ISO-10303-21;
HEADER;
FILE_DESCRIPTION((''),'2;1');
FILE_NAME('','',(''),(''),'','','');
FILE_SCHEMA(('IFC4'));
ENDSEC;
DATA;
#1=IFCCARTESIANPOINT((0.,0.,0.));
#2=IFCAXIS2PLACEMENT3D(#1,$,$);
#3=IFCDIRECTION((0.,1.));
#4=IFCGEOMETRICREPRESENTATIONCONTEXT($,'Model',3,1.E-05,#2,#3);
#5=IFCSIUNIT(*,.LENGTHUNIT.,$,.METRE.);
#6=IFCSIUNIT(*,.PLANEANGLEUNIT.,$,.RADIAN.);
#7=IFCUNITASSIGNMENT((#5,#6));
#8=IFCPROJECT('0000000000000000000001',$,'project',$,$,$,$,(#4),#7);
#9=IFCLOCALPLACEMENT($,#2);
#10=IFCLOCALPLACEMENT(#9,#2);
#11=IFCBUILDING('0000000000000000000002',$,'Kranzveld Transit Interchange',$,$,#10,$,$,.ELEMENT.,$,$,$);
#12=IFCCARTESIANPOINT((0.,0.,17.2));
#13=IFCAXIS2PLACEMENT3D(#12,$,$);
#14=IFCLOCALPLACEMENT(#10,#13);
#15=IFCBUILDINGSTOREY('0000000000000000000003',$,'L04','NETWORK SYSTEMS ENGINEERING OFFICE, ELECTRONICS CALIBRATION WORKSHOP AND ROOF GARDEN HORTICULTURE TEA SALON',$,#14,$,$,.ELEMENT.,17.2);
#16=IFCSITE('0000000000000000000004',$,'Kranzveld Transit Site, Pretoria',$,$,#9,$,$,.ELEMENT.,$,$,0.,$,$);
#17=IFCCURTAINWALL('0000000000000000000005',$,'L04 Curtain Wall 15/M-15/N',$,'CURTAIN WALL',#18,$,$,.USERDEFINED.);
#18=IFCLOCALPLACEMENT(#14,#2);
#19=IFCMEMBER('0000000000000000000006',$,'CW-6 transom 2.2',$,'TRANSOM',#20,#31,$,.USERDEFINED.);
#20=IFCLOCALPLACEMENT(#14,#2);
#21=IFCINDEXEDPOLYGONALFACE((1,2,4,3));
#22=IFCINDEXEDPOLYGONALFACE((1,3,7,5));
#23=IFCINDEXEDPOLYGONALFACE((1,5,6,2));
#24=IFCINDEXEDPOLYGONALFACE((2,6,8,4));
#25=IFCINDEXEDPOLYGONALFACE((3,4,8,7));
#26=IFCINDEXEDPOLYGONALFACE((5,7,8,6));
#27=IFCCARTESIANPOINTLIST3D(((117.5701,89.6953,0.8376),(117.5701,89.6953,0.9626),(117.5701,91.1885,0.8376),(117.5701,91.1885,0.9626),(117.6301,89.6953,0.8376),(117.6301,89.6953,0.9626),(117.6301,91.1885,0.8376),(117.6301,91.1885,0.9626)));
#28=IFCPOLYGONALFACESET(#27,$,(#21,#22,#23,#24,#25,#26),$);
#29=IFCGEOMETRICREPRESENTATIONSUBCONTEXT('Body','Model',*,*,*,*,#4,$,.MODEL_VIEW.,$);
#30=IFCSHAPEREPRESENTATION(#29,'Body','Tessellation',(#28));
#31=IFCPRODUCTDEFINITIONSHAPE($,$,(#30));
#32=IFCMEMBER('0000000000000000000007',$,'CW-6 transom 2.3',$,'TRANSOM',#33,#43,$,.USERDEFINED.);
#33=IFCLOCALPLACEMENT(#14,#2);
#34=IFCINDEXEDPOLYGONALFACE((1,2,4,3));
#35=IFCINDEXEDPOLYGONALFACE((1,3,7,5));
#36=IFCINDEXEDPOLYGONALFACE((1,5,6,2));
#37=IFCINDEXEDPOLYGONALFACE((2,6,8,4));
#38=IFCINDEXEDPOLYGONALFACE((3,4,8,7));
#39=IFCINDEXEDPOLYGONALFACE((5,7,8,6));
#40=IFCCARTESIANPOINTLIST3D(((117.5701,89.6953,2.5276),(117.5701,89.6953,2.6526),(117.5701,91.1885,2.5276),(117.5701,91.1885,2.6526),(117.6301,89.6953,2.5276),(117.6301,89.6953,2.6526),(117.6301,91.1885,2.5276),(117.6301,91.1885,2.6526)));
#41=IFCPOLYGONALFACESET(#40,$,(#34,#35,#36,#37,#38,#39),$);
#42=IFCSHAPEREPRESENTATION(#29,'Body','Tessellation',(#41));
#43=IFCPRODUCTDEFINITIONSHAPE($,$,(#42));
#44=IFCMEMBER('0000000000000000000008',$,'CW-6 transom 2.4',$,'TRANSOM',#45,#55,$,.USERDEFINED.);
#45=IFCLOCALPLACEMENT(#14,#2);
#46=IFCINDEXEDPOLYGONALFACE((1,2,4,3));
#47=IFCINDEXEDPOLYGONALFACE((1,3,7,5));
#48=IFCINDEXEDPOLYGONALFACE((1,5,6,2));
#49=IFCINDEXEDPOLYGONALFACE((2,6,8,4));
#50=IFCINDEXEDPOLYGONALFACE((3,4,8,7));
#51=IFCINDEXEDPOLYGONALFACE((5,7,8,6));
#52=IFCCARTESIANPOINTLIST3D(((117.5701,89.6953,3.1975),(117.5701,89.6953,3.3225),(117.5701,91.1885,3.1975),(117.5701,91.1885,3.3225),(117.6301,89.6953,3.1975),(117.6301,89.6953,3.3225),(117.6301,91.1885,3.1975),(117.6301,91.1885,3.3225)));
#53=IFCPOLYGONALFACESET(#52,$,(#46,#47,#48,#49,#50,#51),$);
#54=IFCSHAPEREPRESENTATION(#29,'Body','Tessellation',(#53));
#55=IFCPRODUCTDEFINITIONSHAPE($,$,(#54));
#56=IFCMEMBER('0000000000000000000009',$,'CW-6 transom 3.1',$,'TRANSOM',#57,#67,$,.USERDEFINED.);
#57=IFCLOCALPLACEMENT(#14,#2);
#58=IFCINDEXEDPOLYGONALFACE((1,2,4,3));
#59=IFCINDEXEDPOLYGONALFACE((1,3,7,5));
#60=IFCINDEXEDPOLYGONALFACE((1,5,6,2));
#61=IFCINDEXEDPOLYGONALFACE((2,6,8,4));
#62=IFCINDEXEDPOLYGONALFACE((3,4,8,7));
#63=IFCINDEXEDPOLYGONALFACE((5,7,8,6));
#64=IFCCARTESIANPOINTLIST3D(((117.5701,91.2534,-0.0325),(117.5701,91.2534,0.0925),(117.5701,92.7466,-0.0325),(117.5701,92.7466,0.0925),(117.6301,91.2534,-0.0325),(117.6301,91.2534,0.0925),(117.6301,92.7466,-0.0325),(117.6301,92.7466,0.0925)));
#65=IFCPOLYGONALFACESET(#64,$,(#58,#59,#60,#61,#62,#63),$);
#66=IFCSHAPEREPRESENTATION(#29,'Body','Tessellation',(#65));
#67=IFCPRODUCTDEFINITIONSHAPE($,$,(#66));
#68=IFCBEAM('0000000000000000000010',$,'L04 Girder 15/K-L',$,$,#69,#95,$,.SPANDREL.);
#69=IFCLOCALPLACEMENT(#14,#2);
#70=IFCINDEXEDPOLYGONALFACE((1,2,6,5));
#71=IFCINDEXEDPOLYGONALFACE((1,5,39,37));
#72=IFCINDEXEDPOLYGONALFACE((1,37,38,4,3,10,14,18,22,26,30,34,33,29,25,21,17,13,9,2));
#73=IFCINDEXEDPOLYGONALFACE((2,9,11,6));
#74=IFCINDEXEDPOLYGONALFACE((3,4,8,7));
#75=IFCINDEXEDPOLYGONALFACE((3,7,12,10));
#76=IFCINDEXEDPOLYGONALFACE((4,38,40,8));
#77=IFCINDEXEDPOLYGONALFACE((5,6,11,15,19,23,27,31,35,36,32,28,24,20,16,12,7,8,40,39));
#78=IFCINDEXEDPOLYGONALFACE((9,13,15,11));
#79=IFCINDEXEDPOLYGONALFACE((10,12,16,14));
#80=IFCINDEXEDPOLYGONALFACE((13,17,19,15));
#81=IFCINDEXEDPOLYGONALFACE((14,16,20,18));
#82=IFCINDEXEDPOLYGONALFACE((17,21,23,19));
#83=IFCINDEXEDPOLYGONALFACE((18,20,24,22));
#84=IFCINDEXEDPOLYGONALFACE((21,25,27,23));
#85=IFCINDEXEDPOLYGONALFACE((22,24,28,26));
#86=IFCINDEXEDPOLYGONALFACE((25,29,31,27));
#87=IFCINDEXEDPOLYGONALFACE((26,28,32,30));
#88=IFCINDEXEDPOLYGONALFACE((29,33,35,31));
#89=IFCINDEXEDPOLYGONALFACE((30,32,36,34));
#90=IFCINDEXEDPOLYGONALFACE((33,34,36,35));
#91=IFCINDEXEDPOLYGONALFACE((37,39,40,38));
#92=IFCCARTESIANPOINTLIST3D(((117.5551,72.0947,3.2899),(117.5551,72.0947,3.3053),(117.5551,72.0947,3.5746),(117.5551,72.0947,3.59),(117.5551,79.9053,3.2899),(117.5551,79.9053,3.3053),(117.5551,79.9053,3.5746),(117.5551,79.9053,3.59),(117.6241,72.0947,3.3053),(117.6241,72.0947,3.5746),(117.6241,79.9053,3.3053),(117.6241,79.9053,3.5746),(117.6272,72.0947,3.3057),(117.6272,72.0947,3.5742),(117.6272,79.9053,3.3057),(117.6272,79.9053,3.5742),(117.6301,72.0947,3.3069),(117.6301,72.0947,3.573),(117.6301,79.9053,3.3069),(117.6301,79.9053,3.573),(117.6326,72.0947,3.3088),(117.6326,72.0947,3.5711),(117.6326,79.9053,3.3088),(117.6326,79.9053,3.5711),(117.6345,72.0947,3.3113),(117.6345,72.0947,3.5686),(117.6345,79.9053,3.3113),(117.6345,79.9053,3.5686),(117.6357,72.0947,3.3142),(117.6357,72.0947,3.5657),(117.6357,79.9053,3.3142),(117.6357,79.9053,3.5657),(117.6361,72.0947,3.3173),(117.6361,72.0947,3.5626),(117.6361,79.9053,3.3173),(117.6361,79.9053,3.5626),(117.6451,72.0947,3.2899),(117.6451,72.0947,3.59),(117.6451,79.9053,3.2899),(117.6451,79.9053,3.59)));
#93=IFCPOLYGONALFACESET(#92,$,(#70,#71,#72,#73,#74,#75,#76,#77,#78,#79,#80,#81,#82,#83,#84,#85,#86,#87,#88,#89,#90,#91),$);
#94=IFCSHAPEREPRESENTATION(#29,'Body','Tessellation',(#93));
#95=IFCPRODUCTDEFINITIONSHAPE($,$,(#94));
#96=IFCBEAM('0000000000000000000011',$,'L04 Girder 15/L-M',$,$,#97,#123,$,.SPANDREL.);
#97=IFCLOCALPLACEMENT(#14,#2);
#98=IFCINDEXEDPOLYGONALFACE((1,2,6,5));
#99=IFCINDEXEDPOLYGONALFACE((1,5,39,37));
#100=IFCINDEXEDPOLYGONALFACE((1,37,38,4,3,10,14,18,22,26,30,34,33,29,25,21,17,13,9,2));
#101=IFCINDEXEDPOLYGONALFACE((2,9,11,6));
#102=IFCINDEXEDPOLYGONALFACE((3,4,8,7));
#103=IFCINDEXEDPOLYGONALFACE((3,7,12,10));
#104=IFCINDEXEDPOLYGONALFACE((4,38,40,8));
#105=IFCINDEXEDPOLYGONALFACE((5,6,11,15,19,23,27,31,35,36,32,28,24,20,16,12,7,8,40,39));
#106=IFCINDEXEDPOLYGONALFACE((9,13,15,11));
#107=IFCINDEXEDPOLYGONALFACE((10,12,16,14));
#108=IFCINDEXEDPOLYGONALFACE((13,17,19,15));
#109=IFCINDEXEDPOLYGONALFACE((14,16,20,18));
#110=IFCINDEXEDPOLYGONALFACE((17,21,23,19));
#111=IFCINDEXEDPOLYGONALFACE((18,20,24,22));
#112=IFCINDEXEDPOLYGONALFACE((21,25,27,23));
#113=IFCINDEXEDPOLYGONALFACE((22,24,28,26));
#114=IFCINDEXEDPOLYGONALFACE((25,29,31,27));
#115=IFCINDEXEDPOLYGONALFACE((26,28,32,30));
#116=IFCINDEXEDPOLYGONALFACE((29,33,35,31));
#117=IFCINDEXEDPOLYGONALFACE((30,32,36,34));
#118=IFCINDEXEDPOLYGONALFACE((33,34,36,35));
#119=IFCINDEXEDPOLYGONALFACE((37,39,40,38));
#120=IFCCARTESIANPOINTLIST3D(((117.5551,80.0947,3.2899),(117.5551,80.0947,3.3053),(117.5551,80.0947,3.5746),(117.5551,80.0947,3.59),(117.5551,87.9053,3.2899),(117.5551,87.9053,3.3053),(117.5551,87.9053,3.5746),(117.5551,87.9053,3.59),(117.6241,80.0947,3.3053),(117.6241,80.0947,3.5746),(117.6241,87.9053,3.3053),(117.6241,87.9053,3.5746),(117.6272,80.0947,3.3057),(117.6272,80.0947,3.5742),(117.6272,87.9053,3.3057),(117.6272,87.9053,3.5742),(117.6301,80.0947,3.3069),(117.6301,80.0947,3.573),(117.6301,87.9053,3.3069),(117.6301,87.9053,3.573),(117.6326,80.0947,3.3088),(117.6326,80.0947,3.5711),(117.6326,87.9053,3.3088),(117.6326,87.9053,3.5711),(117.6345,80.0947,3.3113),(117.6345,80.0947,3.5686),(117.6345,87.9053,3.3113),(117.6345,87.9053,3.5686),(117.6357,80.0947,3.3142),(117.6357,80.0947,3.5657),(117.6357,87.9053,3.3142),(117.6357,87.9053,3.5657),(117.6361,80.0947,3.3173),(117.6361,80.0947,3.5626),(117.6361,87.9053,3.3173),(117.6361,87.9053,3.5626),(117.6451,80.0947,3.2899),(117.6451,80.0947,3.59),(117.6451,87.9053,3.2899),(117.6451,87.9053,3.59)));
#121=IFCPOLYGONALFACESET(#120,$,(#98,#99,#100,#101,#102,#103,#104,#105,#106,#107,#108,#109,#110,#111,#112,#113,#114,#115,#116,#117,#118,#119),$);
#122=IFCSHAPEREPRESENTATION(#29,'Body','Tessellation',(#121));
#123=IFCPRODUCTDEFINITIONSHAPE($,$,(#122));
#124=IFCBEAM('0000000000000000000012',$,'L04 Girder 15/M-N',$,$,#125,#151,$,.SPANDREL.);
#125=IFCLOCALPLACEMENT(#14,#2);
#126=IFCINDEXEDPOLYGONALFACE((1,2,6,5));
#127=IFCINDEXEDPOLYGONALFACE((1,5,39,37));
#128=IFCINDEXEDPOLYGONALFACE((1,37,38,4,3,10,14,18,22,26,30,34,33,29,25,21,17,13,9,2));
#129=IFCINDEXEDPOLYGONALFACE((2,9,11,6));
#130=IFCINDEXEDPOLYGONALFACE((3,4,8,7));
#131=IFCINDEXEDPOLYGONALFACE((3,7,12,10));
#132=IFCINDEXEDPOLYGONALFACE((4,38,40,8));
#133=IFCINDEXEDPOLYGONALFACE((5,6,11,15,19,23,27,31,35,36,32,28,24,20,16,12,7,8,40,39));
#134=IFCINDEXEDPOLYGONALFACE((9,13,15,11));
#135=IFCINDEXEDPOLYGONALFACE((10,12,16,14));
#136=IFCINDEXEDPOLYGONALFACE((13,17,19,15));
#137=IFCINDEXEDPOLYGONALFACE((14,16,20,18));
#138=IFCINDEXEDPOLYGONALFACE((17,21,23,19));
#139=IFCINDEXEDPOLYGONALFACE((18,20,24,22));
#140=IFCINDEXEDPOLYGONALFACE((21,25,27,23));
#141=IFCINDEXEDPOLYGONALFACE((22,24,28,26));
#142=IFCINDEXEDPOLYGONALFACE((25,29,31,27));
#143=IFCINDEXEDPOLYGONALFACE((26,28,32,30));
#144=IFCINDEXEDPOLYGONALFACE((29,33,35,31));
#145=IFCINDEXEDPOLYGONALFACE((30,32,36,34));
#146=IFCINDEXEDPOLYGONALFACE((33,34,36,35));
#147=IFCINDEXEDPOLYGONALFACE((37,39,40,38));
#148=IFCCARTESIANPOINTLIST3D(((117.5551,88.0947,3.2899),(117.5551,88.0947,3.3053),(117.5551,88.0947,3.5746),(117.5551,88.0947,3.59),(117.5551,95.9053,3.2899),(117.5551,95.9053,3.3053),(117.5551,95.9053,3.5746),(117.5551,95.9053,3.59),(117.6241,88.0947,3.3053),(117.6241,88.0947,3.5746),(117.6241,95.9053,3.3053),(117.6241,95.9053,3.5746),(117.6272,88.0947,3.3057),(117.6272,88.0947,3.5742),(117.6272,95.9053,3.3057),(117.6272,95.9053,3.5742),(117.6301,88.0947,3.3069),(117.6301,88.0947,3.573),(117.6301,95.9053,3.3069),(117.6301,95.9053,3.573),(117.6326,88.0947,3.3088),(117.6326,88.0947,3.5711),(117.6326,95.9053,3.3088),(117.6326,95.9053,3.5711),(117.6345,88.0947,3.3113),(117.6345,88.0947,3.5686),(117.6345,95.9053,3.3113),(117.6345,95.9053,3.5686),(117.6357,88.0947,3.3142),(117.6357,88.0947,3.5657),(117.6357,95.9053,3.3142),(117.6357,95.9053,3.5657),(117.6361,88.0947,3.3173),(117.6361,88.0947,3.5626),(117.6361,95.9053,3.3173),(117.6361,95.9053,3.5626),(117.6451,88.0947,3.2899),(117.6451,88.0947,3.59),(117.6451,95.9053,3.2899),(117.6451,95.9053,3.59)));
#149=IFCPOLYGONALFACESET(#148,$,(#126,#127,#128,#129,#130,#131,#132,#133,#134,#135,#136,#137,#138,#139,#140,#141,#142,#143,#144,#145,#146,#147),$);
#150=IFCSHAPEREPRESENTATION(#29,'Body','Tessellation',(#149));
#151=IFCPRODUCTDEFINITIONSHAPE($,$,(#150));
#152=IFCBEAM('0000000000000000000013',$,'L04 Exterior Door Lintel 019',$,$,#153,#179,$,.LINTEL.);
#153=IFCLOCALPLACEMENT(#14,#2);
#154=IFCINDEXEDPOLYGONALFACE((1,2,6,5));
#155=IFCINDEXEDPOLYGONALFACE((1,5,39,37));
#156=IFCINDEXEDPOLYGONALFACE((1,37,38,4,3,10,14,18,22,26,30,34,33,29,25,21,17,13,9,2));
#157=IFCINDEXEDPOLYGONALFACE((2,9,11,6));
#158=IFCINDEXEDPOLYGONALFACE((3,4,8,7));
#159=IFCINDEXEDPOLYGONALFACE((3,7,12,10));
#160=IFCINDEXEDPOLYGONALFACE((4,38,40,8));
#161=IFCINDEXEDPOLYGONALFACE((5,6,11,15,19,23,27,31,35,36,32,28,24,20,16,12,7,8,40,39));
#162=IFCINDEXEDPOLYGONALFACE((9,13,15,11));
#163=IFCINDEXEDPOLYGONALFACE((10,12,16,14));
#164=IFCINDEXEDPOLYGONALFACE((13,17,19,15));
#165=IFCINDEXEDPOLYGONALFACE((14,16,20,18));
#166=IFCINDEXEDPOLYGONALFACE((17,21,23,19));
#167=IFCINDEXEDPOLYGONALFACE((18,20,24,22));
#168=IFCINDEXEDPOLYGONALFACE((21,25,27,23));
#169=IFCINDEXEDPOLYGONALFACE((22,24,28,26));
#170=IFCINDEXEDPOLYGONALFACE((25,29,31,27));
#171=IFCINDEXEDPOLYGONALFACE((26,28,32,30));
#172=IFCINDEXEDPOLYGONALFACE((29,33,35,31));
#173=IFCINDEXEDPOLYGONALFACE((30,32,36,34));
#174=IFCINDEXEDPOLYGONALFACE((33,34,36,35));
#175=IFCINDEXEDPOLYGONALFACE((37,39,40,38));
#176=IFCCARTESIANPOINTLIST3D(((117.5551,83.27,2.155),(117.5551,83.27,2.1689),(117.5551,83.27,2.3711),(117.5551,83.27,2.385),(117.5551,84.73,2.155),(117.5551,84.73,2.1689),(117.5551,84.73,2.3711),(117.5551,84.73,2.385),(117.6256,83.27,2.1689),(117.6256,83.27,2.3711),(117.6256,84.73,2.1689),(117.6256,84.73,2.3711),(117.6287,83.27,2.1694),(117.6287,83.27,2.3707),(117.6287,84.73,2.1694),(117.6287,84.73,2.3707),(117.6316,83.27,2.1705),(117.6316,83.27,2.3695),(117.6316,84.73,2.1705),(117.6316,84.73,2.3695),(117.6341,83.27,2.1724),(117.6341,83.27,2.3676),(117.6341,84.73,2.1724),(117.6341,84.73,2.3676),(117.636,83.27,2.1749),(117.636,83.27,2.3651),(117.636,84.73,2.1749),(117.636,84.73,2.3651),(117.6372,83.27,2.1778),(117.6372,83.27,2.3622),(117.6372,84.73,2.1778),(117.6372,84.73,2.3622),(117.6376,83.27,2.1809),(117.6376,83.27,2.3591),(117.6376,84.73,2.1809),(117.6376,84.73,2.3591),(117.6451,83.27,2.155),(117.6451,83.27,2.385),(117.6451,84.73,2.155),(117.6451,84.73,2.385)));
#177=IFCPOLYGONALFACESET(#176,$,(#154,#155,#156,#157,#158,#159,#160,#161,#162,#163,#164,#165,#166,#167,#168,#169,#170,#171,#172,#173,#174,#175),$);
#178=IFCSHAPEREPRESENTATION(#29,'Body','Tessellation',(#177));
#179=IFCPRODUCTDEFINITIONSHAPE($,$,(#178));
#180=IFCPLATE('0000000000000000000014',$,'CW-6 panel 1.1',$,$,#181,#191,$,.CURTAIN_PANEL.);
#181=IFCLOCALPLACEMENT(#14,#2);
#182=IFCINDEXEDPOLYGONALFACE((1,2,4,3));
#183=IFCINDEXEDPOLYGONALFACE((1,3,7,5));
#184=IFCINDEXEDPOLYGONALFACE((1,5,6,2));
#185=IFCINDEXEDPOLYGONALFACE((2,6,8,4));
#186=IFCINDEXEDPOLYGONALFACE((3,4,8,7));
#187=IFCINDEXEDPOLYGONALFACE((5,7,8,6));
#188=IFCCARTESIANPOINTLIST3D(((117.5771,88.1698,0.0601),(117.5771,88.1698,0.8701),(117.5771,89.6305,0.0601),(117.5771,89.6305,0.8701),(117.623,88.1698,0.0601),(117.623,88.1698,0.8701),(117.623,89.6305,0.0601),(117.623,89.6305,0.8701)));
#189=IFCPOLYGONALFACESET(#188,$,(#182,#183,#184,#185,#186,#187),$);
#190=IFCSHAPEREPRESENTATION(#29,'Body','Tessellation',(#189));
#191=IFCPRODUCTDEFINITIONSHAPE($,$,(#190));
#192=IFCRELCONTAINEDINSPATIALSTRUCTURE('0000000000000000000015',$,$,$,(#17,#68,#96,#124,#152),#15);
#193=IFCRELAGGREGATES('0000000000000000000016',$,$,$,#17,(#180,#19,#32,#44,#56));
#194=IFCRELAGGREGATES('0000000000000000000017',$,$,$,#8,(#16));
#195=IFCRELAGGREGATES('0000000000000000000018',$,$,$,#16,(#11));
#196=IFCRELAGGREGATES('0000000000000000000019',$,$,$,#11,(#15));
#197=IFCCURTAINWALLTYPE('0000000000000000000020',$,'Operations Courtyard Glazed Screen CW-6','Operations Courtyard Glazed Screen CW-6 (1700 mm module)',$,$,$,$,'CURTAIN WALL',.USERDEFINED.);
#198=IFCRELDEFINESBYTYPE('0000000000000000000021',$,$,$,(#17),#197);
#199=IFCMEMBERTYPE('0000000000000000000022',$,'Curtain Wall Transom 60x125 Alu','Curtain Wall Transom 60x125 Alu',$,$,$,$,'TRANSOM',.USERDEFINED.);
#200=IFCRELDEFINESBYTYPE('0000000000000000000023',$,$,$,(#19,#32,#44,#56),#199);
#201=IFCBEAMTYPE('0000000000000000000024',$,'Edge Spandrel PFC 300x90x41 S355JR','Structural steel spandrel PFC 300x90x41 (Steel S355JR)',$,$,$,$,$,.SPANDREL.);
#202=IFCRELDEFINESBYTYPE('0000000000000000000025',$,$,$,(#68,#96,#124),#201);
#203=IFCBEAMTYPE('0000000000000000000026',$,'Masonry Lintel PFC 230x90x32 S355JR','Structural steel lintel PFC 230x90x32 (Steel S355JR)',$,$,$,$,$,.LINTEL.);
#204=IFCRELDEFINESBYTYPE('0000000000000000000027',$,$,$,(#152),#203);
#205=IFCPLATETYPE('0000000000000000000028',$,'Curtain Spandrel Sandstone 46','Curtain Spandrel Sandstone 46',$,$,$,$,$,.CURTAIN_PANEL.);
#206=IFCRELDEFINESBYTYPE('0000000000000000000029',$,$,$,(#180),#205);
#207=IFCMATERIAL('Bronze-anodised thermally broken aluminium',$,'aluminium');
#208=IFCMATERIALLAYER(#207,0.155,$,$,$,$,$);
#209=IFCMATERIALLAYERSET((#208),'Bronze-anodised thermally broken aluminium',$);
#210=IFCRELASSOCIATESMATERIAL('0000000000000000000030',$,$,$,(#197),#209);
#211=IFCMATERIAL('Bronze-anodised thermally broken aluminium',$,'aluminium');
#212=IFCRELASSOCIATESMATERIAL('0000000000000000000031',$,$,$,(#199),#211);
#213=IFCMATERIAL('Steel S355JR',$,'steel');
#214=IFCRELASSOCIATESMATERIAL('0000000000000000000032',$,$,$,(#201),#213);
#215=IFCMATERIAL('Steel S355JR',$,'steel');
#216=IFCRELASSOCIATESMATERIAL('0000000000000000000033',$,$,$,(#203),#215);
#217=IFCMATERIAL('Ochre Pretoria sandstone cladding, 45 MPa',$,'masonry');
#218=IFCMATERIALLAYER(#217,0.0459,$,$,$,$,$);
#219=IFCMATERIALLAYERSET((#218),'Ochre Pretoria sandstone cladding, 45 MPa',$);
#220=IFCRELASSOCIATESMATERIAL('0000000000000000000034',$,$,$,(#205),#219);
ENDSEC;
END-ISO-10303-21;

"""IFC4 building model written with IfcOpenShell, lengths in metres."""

from ifc_helpers import new_model, si_unit, direction, frame, origin, origin_2d, place, context, subcontext, project, spatial, rectangle, u_section, extrude, material, layer, layer_set, material_profile, profile_set, type_object, element, aggregate, save


model = new_model("IFC4")

# Units and contexts
model_context = context("Model", 3, precision=1e-05, world=origin(), true_north=direction((0.0, 1.0)))
body_context = subcontext(model_context, "Body", "Model", "MODEL_VIEW")
ifc_project = project(units=[si_unit("LENGTHUNIT", "METRE"), si_unit("PLANEANGLEUNIT", "RADIAN")], contexts=[model_context])

# Site, building, storey
site_placement = place(None, origin())
site = spatial("IfcSite", under=ifc_project, at=site_placement, Name="Kranzveld Transit Site, Pretoria", CompositionType="ELEMENT", RefElevation=0.0)
building_placement = place(site_placement, origin())
building = spatial("IfcBuilding", under=site, at=building_placement, Name="Kranzveld Transit Interchange", CompositionType="ELEMENT")
storey_placement = place(building_placement, frame((0.0, 0.0, 17.2)))
storey = spatial("IfcBuildingStorey", under=building, at=storey_placement, Name="L04", Description="NETWORK SYSTEMS ENGINEERING OFFICE, ELECTRONICS CALIBRATION WORKSHOP AND ROOF GARDEN HORTICULTURE TEA SALON", CompositionType="ELEMENT", Elevation=17.2)

# Curtain wall, members
ifc_material_1 = material(Name="Bronze-anodised thermally broken aluminium", Category="aluminium")
ifc_layer_1 = layer(ifc_material_1, 0.155)
ifc_layer_set_1 = layer_set([ifc_layer_1], Name="Bronze-anodised thermally broken aluminium")
curtain_wall_type = type_object("IfcCurtainWallType", Name="Operations Courtyard Glazed Screen CW-6", Description="Operations Courtyard Glazed Screen CW-6 (1700 mm module)", ElementType="CURTAIN WALL", PredefinedType="USERDEFINED", material=ifc_layer_set_1)
curtain_wall_placement = place(storey_placement, origin())
curtain_wall = element("IfcCurtainWall", 1, at=curtain_wall_placement, inside=storey, type_object=curtain_wall_type, Name="L04 Curtain Wall 15/M-15/N", ObjectType="CURTAIN WALL", PredefinedType="USERDEFINED")
ifc_material_2 = material(Name="Bronze-anodised thermally broken aluminium", Category="aluminium")
ifc_material_profile_1 = material_profile(ifc_material_2, rectangle(XDim=0.0601, YDim=0.125, at=origin_2d()), Name="ALU TRANSOM 60x125")
ifc_profile_set_1 = profile_set([ifc_material_profile_1], Name="Bronze-anodised thermally broken aluminium")
member_type_1 = type_object("IfcMemberType", Name="Curtain Wall Transom 60x125 Alu", Description="Curtain Wall Transom 60x125 Alu", ElementType="TRANSOM", PredefinedType="USERDEFINED", material=ifc_profile_set_1)
member_1_placement = place(storey_placement, frame((117.6001, 89.6953, 0.9001), z_axis=(0.0, 1.0, 0.0), x_axis=(-1.0, 0.0, 0.0)))
member_1 = element("IfcMember", 2, at=member_1_placement, type_object=member_type_1, Name="CW-6 transom 2.2", ObjectType="TRANSOM", PredefinedType="USERDEFINED", context=body_context, shape_type="SweptSolid", body=[
    extrude(rectangle(XDim=0.0601, YDim=0.125, at=origin_2d()), origin(), (0.0, 0.0, 1.0), 1.4932),
])
member_2_placement = place(storey_placement, frame((117.6001, 89.6953, 2.5901), z_axis=(0.0, 1.0, 0.0), x_axis=(-1.0, 0.0, 0.0)))
member_2 = element("IfcMember", 3, at=member_2_placement, type_object=member_type_1, Name="CW-6 transom 2.3", ObjectType="TRANSOM", PredefinedType="USERDEFINED", context=body_context, shape_type="SweptSolid", body=[
    extrude(rectangle(XDim=0.0601, YDim=0.125, at=origin_2d()), origin(), (0.0, 0.0, 1.0), 1.4932),
])
member_3_placement = place(storey_placement, frame((117.6001, 89.6953, 3.26), z_axis=(0.0, 1.0, 0.0), x_axis=(-1.0, 0.0, 0.0)))
member_3 = element("IfcMember", 4, at=member_3_placement, type_object=member_type_1, Name="CW-6 transom 2.4", ObjectType="TRANSOM", PredefinedType="USERDEFINED", context=body_context, shape_type="SweptSolid", body=[
    extrude(rectangle(XDim=0.0601, YDim=0.125, at=origin_2d()), origin(), (0.0, 0.0, 1.0), 1.4932),
])
member_4_placement = place(storey_placement, frame((117.6001, 91.2534, 0.03), z_axis=(0.0, 1.0, 0.0), x_axis=(-1.0, 0.0, 0.0)))
member_4 = element("IfcMember", 5, at=member_4_placement, type_object=member_type_1, Name="CW-6 transom 3.1", ObjectType="TRANSOM", PredefinedType="USERDEFINED", context=body_context, shape_type="SweptSolid", body=[
    extrude(rectangle(XDim=0.0601, YDim=0.125, at=origin_2d()), origin(), (0.0, 0.0, 1.0), 1.4932),
])

# Beams
ifc_material_3 = material(Name="Steel S355JR", Category="steel")
ifc_material_profile_2 = material_profile(ifc_material_3, u_section(Depth=0.3, FlangeWidth=0.0901, WebThickness=0.009, FlangeThickness=0.0154, FilletRadius=0.012, at=origin_2d()), Name="PFC 300x90x41")
ifc_profile_set_2 = profile_set([ifc_material_profile_2], Name="Steel S355JR")
beam_type_1 = type_object("IfcBeamType", Name="Edge Spandrel PFC 300x90x41 S355JR", Description="Structural steel spandrel PFC 300x90x41 (Steel S355JR)", PredefinedType="SPANDREL", material=ifc_profile_set_2)
for number, where, z_axis, x_axis, name in (
    (6, (117.6001, 72.0947, 3.4399), (0.0, 1.0, 0.0), (-1.0, 0.0, 0.0), "L04 Girder 15/K-L"),
    (7, (117.6001, 80.0947, 3.4399), (0.0, 1.0, 0.0), (-1.0, 0.0, 0.0), "L04 Girder 15/L-M"),
    (8, (117.6001, 88.0947, 3.4399), (0.0, 1.0, 0.0), (-1.0, 0.0, 0.0), "L04 Girder 15/M-N"),
):
    element("IfcBeam", number, at=place(storey_placement, frame(where, z_axis=z_axis, x_axis=x_axis)), inside=storey, type_object=beam_type_1, Name=name, PredefinedType="SPANDREL", context=body_context, shape_type="SweptSolid", body=[
        extrude(u_section(Depth=0.3, FlangeWidth=0.0901, WebThickness=0.009, FlangeThickness=0.0154, FilletRadius=0.012, at=origin_2d()), origin(), (0.0, 0.0, 1.0), 7.8105),
    ])
ifc_material_4 = material(Name="Steel S355JR", Category="steel")
ifc_material_profile_3 = material_profile(ifc_material_4, u_section(Depth=0.23, FlangeWidth=0.0901, WebThickness=0.0076, FlangeThickness=0.0139, FilletRadius=0.012, at=origin_2d()), Name="PFC 230x90x32")
ifc_profile_set_3 = profile_set([ifc_material_profile_3], Name="Steel S355JR")
beam_type_2 = type_object("IfcBeamType", Name="Masonry Lintel PFC 230x90x32 S355JR", Description="Structural steel lintel PFC 230x90x32 (Steel S355JR)", PredefinedType="LINTEL", material=ifc_profile_set_3)
beam_placement = place(storey_placement, frame((117.6001, 83.27, 2.27), z_axis=(0.0, 1.0, 0.0), x_axis=(-1.0, 0.0, 0.0)))
element("IfcBeam", 9, at=beam_placement, inside=storey, type_object=beam_type_2, Name="L04 Exterior Door Lintel 019", PredefinedType="LINTEL", context=body_context, shape_type="SweptSolid", body=[
    extrude(u_section(Depth=0.23, FlangeWidth=0.0901, WebThickness=0.0076, FlangeThickness=0.0139, FilletRadius=0.012, at=origin_2d()), origin(), (0.0, 0.0, 1.0), 1.46),
])

# Plate
ifc_material_5 = material(Name="Ochre Pretoria sandstone cladding, 45 MPa", Category="masonry")
ifc_layer_2 = layer(ifc_material_5, 0.0459)
ifc_layer_set_2 = layer_set([ifc_layer_2], Name="Ochre Pretoria sandstone cladding, 45 MPa")
plate_type = type_object("IfcPlateType", Name="Curtain Spandrel Sandstone 46", Description="Curtain Spandrel Sandstone 46", PredefinedType="CURTAIN_PANEL", material=ifc_layer_set_2)
plate_1_placement = place(storey_placement, frame((117.6001, 88.9001, 0.0601), z_axis=(0.0, 0.0, 1.0), x_axis=(0.0, 1.0, 0.0)))
plate_1 = element("IfcPlate", 10, at=plate_1_placement, type_object=plate_type, Name="CW-6 panel 1.1", PredefinedType="CURTAIN_PANEL", context=body_context, shape_type="SweptSolid", body=[
    extrude(rectangle(XDim=1.4607, YDim=0.0459, at=origin_2d()), origin(), (0.0, 0.0, 1.0), 0.8101),
])
aggregate(curtain_wall, [plate_1, member_1, member_2, member_3, member_4])

save(model, "model.ifc")
